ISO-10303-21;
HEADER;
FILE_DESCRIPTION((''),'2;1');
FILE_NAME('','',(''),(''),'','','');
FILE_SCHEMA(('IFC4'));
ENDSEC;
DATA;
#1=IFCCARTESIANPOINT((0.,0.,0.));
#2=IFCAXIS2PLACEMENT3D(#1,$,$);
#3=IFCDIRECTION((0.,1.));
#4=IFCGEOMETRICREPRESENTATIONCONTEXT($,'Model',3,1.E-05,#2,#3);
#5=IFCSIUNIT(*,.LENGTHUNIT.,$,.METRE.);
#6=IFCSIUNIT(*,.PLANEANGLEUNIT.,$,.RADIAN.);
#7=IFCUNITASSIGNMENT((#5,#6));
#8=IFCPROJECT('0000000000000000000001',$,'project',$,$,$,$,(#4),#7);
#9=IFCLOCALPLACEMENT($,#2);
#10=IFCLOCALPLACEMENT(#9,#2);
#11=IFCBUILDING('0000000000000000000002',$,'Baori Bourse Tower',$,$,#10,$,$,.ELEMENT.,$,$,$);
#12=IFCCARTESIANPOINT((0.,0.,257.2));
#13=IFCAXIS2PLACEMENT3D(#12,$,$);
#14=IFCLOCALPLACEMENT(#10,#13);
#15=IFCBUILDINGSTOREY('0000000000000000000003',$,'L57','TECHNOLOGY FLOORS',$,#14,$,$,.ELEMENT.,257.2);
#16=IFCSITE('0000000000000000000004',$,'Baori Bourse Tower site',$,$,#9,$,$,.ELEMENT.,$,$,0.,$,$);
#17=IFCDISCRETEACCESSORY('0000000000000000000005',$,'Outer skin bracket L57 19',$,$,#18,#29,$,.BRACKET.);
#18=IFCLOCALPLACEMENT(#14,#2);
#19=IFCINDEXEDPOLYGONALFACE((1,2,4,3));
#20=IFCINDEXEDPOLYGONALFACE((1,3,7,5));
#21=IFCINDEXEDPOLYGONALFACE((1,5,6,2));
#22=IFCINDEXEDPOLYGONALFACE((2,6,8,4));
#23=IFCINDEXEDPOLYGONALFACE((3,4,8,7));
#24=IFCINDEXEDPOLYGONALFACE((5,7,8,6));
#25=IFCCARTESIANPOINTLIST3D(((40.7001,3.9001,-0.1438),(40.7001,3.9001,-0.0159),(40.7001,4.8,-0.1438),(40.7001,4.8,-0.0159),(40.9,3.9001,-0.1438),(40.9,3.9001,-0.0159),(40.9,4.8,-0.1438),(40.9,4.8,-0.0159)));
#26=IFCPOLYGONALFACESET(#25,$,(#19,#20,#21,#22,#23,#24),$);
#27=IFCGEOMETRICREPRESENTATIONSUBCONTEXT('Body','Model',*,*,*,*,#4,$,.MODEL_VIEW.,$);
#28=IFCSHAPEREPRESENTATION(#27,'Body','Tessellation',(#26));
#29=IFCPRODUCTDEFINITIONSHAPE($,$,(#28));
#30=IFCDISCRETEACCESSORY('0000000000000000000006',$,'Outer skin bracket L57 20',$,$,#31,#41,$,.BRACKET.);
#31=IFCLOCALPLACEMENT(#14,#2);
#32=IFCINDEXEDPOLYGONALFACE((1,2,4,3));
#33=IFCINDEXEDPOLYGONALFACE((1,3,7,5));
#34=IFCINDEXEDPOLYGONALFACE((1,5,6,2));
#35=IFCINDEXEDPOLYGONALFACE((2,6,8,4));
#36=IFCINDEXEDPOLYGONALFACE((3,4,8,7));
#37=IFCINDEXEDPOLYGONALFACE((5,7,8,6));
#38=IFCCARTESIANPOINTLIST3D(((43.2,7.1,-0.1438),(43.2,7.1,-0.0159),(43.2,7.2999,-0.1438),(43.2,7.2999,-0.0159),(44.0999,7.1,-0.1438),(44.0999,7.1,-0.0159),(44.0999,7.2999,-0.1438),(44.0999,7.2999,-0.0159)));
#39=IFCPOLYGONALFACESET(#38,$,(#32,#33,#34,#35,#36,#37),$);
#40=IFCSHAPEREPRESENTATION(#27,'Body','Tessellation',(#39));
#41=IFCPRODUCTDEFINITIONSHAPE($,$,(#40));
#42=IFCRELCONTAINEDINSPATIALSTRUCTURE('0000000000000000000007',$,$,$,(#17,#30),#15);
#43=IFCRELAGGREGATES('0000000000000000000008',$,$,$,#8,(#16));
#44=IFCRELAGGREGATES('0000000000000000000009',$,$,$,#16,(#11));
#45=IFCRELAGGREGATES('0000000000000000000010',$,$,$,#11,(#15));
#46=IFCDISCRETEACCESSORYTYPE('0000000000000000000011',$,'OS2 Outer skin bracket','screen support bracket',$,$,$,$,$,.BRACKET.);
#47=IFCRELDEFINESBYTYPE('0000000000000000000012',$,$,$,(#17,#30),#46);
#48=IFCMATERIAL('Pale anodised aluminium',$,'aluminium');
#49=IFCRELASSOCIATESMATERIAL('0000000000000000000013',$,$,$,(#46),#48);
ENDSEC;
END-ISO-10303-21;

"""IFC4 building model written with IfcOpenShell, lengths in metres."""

from ifc_helpers import new_model, si_unit, direction, frame, origin, origin_2d, place, context, subcontext, project, spatial, rectangle, extrude, material, type_object, element, save


model = new_model("IFC4")

# Units and contexts
model_context = context("Model", 3, precision=1e-05, world=origin(), true_north=direction((0.0, 1.0)))
body_context = subcontext(model_context, "Body", "Model", "MODEL_VIEW")
ifc_project = project(units=[si_unit("LENGTHUNIT", "METRE"), si_unit("PLANEANGLEUNIT", "RADIAN")], contexts=[model_context])

# Site, building, storey
site_placement = place(None, origin())
site = spatial("IfcSite", under=ifc_project, at=site_placement, Name="Baori Bourse Tower site", CompositionType="ELEMENT", RefElevation=0.0)
building_placement = place(site_placement, origin())
building = spatial("IfcBuilding", under=site, at=building_placement, Name="Baori Bourse Tower", CompositionType="ELEMENT")
storey_placement = place(building_placement, frame((0.0, 0.0, 257.2)))
storey = spatial("IfcBuildingStorey", under=building, at=storey_placement, Name="L57", Description="TECHNOLOGY FLOORS", CompositionType="ELEMENT", Elevation=257.2)

# Discrete accessories
ifc_material_1 = material(Name="Pale anodised aluminium", Category="aluminium")
discrete_accessory_type = type_object("IfcDiscreteAccessoryType", Name="OS2 Outer skin bracket", Description="screen support bracket", PredefinedType="BRACKET", material=ifc_material_1)
for number, where, z_axis, x_axis, name in (
    (1, (40.8, 4.3501, -0.1438), (0.0, 0.0, 1.0), (1.0, 0.0, 0.0), "Outer skin bracket L57 19"),
    (2, (43.6499, 7.2, -0.1438), (0.0, 0.0, 1.0), (0.0, 1.0, 0.0), "Outer skin bracket L57 20"),
):
    element("IfcDiscreteAccessory", number, at=place(storey_placement, frame(where, z_axis=z_axis, x_axis=x_axis)), inside=storey, type_object=discrete_accessory_type, Name=name, PredefinedType="BRACKET", context=body_context, shape_type="SweptSolid", body=[
        extrude(rectangle(XDim=0.2, YDim=0.8999, at=origin_2d()), origin(), (0.0, 0.0, 1.0), 0.1279),
    ])

save(model, "model.ifc")
